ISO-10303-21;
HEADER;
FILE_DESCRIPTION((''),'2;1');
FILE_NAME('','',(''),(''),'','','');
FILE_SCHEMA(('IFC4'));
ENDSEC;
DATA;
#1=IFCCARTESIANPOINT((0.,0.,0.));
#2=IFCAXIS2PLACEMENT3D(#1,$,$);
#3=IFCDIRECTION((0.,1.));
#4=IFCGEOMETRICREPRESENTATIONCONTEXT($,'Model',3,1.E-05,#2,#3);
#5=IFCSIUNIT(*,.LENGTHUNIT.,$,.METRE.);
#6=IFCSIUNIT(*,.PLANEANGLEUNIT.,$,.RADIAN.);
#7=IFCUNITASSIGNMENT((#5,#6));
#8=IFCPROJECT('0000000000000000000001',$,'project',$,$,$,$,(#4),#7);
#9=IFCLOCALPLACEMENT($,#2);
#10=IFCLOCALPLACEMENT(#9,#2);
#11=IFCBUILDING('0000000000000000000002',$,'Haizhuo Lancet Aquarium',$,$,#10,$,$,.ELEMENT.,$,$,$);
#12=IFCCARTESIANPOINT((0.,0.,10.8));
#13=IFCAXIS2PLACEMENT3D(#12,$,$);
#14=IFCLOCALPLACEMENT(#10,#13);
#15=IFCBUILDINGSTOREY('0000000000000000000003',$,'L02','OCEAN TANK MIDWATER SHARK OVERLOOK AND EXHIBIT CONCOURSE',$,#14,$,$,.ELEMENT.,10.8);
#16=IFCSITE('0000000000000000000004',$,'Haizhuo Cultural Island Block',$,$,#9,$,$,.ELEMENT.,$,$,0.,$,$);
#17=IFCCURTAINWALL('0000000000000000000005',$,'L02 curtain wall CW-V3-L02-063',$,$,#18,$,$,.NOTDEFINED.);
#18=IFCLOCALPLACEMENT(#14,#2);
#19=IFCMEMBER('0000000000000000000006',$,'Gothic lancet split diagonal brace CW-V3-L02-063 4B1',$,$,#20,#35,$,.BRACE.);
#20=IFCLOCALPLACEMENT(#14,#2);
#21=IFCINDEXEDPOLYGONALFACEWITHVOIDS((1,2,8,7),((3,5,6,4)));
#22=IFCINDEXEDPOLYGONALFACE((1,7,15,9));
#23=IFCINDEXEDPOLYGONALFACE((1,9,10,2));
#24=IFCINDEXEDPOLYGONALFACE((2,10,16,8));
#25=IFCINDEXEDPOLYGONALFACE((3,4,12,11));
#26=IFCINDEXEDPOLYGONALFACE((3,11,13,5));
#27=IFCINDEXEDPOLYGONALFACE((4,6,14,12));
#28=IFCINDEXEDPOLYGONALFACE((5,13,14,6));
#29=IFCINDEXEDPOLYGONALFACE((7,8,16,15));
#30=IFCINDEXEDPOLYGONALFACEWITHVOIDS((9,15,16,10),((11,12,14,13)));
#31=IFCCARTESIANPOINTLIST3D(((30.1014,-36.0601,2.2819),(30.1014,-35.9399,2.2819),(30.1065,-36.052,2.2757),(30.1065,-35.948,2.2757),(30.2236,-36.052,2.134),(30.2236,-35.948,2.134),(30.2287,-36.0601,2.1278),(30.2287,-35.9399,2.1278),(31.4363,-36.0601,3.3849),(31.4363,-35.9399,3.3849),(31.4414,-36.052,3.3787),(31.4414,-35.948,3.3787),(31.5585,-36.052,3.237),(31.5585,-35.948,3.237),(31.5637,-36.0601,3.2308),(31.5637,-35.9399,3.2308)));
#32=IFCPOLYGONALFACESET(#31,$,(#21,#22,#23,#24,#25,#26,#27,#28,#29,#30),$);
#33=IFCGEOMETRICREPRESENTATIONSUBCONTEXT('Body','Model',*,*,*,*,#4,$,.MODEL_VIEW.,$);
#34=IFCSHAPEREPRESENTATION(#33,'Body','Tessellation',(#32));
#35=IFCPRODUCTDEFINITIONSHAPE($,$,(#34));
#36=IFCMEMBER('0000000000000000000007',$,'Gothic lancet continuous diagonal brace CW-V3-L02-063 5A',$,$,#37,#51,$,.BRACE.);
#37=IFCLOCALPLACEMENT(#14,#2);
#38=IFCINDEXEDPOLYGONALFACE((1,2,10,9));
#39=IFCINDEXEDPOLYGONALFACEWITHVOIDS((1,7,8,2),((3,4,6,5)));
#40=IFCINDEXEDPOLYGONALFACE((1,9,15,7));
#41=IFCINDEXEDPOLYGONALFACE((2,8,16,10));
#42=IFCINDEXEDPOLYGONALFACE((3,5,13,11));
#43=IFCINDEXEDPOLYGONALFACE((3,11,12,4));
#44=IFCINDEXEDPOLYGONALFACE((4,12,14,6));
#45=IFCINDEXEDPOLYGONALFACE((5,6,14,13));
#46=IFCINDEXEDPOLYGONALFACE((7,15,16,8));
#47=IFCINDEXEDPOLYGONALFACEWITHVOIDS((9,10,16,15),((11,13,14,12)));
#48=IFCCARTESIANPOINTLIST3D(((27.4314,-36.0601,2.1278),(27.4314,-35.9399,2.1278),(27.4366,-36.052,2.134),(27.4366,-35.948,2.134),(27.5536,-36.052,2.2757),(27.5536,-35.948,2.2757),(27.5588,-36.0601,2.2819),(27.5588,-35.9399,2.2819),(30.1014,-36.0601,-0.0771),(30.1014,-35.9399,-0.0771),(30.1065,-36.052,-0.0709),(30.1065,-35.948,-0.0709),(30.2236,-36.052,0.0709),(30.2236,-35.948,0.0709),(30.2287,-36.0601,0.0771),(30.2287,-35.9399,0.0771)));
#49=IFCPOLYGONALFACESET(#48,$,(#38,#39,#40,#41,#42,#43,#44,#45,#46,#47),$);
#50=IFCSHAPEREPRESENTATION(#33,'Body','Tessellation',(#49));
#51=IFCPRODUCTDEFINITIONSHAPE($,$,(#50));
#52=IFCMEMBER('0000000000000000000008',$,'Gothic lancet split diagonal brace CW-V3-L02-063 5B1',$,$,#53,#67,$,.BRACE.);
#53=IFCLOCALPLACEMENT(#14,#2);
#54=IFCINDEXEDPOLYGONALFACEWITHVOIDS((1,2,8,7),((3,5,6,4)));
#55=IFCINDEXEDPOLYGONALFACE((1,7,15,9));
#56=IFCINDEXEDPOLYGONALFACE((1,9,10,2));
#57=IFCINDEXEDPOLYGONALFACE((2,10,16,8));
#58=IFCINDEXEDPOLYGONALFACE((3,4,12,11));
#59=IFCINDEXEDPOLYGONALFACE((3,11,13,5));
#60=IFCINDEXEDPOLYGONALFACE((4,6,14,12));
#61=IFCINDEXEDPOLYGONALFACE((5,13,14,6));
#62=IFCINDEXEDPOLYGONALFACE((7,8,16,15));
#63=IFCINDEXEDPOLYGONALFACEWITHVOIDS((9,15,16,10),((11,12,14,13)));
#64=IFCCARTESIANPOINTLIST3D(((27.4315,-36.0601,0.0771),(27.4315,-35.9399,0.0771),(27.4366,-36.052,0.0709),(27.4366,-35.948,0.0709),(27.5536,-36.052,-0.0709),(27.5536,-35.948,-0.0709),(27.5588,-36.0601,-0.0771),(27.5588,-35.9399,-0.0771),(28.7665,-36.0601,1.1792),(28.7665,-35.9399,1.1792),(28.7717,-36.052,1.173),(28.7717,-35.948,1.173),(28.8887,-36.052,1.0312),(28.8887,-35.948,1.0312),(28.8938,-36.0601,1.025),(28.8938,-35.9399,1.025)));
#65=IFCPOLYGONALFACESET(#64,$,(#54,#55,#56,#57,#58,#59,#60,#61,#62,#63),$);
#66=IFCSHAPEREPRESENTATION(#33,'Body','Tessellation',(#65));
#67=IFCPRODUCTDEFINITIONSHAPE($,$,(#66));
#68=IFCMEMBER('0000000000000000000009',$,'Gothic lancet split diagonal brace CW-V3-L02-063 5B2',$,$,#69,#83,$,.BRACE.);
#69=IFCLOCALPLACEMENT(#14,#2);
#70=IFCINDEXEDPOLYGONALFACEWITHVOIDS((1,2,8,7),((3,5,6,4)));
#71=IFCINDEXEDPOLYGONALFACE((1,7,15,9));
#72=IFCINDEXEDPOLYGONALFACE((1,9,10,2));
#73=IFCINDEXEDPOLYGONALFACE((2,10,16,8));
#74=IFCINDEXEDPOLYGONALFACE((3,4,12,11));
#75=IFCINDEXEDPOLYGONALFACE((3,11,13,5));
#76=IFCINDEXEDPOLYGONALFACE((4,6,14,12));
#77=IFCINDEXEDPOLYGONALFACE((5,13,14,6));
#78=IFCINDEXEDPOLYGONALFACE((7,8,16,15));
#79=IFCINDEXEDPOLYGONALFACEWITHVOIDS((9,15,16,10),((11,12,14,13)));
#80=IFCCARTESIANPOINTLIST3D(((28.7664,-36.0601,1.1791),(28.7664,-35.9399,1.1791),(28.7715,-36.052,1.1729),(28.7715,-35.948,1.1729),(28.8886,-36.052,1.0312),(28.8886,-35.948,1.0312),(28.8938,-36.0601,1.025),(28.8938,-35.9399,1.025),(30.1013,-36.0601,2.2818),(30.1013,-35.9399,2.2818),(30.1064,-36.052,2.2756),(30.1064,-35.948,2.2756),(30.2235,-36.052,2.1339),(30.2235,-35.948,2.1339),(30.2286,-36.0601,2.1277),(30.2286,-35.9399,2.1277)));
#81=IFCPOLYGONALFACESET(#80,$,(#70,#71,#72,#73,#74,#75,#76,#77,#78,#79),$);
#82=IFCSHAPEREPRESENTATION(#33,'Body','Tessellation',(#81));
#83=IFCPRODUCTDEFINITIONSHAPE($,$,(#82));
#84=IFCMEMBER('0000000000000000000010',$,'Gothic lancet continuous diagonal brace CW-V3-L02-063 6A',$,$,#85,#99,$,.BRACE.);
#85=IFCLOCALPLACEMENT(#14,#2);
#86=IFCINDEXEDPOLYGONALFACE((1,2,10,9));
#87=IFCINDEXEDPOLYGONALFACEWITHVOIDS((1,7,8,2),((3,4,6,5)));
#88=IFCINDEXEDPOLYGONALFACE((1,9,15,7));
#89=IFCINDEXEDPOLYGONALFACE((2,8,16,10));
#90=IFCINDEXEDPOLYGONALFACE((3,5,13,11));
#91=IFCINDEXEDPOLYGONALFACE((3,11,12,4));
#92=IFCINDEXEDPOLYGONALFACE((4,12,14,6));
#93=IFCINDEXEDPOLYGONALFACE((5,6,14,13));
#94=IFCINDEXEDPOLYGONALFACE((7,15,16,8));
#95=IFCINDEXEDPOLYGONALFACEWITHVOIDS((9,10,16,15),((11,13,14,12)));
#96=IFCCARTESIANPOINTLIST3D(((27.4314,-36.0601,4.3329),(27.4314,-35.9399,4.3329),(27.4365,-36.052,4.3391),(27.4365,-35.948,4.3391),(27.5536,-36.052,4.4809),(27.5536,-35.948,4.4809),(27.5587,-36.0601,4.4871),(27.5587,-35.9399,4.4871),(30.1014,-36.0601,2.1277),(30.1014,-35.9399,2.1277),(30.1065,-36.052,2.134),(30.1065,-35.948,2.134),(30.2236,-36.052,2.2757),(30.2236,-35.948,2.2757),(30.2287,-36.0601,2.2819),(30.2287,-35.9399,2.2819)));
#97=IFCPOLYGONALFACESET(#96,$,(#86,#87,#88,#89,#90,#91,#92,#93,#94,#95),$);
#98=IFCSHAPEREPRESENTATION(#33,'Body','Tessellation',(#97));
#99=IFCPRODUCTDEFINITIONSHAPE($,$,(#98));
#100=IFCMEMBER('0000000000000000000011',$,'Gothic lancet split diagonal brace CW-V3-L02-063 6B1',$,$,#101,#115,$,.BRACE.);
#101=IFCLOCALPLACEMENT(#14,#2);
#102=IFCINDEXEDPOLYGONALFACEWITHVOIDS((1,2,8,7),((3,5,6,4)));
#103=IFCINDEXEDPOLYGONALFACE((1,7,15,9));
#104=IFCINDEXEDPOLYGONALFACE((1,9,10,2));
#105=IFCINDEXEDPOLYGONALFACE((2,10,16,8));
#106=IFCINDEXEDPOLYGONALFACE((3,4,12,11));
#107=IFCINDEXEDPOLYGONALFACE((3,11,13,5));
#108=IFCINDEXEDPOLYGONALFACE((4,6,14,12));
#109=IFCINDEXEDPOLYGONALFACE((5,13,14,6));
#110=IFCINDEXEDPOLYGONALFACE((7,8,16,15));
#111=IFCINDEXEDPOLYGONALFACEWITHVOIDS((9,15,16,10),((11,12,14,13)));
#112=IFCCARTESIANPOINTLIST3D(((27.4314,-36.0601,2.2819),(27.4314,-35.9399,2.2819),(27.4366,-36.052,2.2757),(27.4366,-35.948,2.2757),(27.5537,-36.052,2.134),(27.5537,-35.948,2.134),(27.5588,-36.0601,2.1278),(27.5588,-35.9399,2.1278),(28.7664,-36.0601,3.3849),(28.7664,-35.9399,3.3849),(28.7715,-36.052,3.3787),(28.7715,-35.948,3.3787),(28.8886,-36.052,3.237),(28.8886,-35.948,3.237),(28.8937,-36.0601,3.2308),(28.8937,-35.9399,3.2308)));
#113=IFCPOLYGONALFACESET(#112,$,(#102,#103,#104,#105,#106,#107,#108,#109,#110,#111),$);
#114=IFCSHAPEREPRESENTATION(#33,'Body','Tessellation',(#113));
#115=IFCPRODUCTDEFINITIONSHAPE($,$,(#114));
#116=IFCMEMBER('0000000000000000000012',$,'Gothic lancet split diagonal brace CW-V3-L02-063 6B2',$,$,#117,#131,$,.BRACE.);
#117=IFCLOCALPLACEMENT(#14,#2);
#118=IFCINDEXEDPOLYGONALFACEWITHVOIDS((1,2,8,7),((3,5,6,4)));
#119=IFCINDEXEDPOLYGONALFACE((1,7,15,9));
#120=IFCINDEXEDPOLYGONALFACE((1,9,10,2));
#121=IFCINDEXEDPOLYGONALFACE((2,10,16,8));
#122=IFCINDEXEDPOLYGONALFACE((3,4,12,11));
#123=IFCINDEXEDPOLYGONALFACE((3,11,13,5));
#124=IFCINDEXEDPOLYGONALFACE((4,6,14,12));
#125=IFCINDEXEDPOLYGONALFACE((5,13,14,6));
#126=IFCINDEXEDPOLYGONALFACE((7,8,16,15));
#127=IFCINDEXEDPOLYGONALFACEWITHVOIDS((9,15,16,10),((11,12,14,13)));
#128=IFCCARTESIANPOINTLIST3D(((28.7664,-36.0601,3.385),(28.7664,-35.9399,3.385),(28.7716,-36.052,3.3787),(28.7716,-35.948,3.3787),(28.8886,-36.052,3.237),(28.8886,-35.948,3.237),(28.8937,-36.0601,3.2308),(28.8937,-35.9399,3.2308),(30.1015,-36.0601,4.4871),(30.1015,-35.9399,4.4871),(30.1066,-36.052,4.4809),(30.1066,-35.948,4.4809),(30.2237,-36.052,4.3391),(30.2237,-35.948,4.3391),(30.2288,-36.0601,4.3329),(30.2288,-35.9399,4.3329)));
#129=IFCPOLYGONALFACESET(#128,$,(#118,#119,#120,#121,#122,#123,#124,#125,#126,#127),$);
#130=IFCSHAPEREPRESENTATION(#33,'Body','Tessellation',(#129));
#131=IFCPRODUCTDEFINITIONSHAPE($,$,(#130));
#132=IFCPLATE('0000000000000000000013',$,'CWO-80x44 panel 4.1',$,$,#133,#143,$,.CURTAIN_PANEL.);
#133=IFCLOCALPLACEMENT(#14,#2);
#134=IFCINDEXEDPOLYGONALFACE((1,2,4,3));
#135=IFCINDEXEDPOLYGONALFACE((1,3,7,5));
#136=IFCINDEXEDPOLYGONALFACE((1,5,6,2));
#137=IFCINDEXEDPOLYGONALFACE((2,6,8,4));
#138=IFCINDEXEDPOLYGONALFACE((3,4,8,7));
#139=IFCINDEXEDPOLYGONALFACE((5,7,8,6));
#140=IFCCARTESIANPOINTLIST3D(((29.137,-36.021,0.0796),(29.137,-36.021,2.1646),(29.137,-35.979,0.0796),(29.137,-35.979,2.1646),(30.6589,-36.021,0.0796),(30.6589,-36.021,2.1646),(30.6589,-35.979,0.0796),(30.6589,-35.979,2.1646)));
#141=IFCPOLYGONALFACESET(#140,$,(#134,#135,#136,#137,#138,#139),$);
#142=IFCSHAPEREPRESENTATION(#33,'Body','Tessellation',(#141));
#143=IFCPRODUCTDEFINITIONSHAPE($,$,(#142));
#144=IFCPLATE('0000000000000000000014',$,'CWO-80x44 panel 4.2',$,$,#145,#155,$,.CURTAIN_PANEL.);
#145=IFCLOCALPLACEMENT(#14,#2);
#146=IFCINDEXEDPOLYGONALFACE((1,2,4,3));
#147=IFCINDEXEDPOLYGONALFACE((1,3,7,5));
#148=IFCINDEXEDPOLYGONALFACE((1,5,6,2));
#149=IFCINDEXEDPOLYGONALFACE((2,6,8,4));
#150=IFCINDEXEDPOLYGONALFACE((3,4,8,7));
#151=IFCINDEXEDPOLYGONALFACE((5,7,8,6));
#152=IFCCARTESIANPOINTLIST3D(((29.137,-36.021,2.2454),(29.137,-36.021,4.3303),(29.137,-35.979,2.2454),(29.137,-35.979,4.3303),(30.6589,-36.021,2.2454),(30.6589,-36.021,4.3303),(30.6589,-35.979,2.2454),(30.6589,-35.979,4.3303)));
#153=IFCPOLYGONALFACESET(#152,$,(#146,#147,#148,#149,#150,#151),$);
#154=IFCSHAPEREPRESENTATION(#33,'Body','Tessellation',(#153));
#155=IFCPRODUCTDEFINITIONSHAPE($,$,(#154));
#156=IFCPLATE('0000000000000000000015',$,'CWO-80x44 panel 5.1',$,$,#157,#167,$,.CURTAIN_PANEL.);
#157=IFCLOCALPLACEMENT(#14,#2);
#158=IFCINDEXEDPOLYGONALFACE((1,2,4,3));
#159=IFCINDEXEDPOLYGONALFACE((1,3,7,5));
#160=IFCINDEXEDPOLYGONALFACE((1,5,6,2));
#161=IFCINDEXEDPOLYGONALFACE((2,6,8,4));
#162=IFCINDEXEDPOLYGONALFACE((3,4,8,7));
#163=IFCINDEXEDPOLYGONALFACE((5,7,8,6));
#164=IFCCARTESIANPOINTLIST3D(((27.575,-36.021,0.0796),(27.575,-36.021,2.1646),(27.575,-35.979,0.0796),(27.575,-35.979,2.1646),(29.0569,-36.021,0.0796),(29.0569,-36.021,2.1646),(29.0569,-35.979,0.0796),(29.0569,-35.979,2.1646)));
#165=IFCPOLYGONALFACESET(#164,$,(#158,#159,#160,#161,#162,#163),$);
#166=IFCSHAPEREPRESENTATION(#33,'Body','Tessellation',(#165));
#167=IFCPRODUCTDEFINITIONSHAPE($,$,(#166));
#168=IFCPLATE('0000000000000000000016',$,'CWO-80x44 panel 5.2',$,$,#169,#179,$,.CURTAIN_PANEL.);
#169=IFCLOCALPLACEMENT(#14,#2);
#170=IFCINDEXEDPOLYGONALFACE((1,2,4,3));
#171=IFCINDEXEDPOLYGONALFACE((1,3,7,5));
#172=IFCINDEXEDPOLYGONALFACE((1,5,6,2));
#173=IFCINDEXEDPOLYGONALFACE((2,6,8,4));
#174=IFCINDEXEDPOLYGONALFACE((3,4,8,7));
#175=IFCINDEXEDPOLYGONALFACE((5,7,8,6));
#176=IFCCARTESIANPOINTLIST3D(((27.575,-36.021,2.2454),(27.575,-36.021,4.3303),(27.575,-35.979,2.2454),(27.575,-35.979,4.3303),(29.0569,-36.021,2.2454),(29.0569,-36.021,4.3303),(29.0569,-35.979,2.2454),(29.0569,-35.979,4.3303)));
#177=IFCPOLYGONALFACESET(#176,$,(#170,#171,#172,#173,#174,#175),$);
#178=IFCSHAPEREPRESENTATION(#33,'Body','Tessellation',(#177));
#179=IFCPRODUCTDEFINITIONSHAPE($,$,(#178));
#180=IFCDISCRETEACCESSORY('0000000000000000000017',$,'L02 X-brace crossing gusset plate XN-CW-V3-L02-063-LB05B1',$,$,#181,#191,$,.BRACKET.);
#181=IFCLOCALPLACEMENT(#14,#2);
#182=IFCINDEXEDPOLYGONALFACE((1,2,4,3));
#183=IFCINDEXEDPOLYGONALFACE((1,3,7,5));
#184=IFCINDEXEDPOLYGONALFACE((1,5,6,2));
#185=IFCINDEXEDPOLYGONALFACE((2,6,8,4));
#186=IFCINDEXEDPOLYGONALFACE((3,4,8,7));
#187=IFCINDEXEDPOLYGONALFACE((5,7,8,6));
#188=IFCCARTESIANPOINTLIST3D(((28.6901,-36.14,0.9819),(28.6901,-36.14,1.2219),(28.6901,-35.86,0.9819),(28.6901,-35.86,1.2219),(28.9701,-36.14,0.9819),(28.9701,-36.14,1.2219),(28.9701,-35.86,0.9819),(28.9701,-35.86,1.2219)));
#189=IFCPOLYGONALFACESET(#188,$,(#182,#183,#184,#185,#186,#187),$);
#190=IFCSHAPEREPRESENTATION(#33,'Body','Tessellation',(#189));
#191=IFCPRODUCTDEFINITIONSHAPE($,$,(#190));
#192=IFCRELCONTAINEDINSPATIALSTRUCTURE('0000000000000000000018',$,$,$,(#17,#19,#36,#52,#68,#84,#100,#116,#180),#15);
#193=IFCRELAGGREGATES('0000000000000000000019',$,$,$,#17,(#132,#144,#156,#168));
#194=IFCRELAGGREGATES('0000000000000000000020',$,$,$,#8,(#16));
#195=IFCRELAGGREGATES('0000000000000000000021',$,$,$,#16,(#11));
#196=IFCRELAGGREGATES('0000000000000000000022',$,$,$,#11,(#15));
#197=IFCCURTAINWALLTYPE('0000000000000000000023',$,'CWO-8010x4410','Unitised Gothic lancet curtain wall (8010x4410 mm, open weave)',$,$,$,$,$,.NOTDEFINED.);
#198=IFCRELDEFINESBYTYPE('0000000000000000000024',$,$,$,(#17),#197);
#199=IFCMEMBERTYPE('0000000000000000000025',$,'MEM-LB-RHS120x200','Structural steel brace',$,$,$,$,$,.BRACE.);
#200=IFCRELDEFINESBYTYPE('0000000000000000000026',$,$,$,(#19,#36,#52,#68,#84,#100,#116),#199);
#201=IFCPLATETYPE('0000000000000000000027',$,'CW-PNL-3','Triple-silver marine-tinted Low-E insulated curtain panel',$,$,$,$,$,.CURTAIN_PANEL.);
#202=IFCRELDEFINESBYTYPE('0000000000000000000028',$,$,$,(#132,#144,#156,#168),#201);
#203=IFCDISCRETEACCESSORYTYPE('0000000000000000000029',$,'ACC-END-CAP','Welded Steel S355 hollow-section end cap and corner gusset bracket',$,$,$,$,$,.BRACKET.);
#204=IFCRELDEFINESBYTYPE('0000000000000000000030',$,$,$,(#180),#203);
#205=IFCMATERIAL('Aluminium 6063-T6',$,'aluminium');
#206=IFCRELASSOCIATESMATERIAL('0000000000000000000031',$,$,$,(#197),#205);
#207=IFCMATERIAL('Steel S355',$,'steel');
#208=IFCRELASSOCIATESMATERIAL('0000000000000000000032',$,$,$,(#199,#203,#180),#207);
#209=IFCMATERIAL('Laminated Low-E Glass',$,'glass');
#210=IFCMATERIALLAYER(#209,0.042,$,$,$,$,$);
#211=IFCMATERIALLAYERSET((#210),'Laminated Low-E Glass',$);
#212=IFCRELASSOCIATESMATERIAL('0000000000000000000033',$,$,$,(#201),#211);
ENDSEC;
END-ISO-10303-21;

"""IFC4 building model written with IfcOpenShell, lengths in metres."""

from ifc_helpers import new_model, si_unit, direction, frame, origin, origin_2d, place, context, subcontext, project, spatial, rectangle, hollow_rectangle, extrude, material, layer, layer_set, material_profile, profile_set, type_object, element, aggregate, save


model = new_model("IFC4")

# Units and contexts
model_context = context("Model", 3, precision=1e-05, world=origin(), true_north=direction((0.0, 1.0)))
body_context = subcontext(model_context, "Body", "Model", "MODEL_VIEW")
ifc_project = project(units=[si_unit("LENGTHUNIT", "METRE"), si_unit("PLANEANGLEUNIT", "RADIAN")], contexts=[model_context])

# Site, building, storey
site_placement = place(None, origin())
site = spatial("IfcSite", under=ifc_project, at=site_placement, Name="Haizhuo Cultural Island Block", CompositionType="ELEMENT", RefElevation=0.0)
building_placement = place(site_placement, origin())
building = spatial("IfcBuilding", under=site, at=building_placement, Name="Haizhuo Lancet Aquarium", CompositionType="ELEMENT")
storey_placement = place(building_placement, frame((0.0, 0.0, 10.8)))
storey = spatial("IfcBuildingStorey", under=building, at=storey_placement, Name="L02", Description="OCEAN TANK MIDWATER SHARK OVERLOOK AND EXHIBIT CONCOURSE", CompositionType="ELEMENT", Elevation=10.8)

# Curtain wall
ifc_material_1 = material(Name="Aluminium 6063-T6", Category="aluminium")
curtain_wall_type = type_object("IfcCurtainWallType", Name="CWO-8010x4410", Description="Unitised Gothic lancet curtain wall (8010x4410 mm, open weave)", PredefinedType="NOTDEFINED", material=ifc_material_1)
curtain_wall_placement = place(storey_placement, origin())
curtain_wall = element("IfcCurtainWall", 1, at=curtain_wall_placement, inside=storey, type_object=curtain_wall_type, Name="L02 curtain wall CW-V3-L02-063", PredefinedType="NOTDEFINED")

# Members
ifc_material_2 = material(Name="Steel S355", Category="steel")
ifc_material_profile_1 = material_profile(ifc_material_2, hollow_rectangle(XDim=0.1201, YDim=0.2, WallThickness=0.0081, at=origin_2d()), Name="RHS 120x200x8")
ifc_profile_set_1 = profile_set([ifc_material_profile_1], Name="Steel S355")
member_type_1 = type_object("IfcMemberType", Name="MEM-LB-RHS120x200", Description="Structural steel brace", PredefinedType="BRACE", material=ifc_profile_set_1)
member_1_placement = place(storey_placement, frame((30.165, -36.0, 2.2048), z_axis=(0.770896, 0.0, 0.636962), x_axis=(0.0, 1.0, 0.0)))
element("IfcMember", 2, at=member_1_placement, inside=storey, type_object=member_type_1, Name="Gothic lancet split diagonal brace CW-V3-L02-063 4B1", PredefinedType="BRACE", context=body_context, shape_type="SweptSolid", body=[
    extrude(hollow_rectangle(XDim=0.1201, YDim=0.2, WallThickness=0.0081, at=origin_2d()), origin(), (0.0, 0.0, 1.0), 1.7317),
])
member_2_placement = place(storey_placement, frame((30.165, -36.0, 0.0), z_axis=(-0.771069, 0.0, 0.636752), x_axis=(0.0, -1.0, 0.0)))
element("IfcMember", 3, at=member_2_placement, inside=storey, type_object=member_type_1, Name="Gothic lancet continuous diagonal brace CW-V3-L02-063 5A", PredefinedType="BRACE", context=body_context, shape_type="SweptSolid", body=[
    extrude(hollow_rectangle(XDim=0.1201, YDim=0.2, WallThickness=0.0081, at=origin_2d()), origin(), (0.0, 0.0, 1.0), 3.4626),
])
member_3_placement = place(storey_placement, frame((27.4951, -36.0, 0.0), z_axis=(0.771172, 0.0, 0.636626), x_axis=(0.0, 1.0, 0.0)))
element("IfcMember", 4, at=member_3_placement, inside=storey, type_object=member_type_1, Name="Gothic lancet split diagonal brace CW-V3-L02-063 5B1", PredefinedType="BRACE", context=body_context, shape_type="SweptSolid", body=[
    extrude(hollow_rectangle(XDim=0.1201, YDim=0.2, WallThickness=0.0081, at=origin_2d()), origin(), (0.0, 0.0, 1.0), 1.7312),
])
member_4_placement = place(storey_placement, frame((28.8301, -36.0, 1.1021), z_axis=(0.770965, 0.0, 0.636878), x_axis=(0.0, 1.0, 0.0)))
element("IfcMember", 5, at=member_4_placement, inside=storey, type_object=member_type_1, Name="Gothic lancet split diagonal brace CW-V3-L02-063 5B2", PredefinedType="BRACE", context=body_context, shape_type="SweptSolid", body=[
    extrude(hollow_rectangle(XDim=0.1201, YDim=0.2, WallThickness=0.0081, at=origin_2d()), origin(), (0.0, 0.0, 1.0), 1.7314),
])
member_5_placement = place(storey_placement, frame((30.165, -36.0, 2.2048), z_axis=(-0.771034, 0.0, 0.636794), x_axis=(0.0, -1.0, 0.0)))
element("IfcMember", 6, at=member_5_placement, inside=storey, type_object=member_type_1, Name="Gothic lancet continuous diagonal brace CW-V3-L02-063 6A", PredefinedType="BRACE", context=body_context, shape_type="SweptSolid", body=[
    extrude(hollow_rectangle(XDim=0.1201, YDim=0.2, WallThickness=0.0081, at=origin_2d()), origin(), (0.0, 0.0, 1.0), 3.4629),
])
member_6_placement = place(storey_placement, frame((27.4951, -36.0, 2.2048), z_axis=(0.770896, 0.0, 0.636962), x_axis=(0.0, 1.0, 0.0)))
element("IfcMember", 7, at=member_6_placement, inside=storey, type_object=member_type_1, Name="Gothic lancet split diagonal brace CW-V3-L02-063 6B1", PredefinedType="BRACE", context=body_context, shape_type="SweptSolid", body=[
    extrude(hollow_rectangle(XDim=0.1201, YDim=0.2, WallThickness=0.0081, at=origin_2d()), origin(), (0.0, 0.0, 1.0), 1.7317),
])
member_7_placement = place(storey_placement, frame((28.8301, -36.0, 3.3079), z_axis=(0.771172, 0.0, 0.636626), x_axis=(0.0, 1.0, 0.0)))
element("IfcMember", 8, at=member_7_placement, inside=storey, type_object=member_type_1, Name="Gothic lancet split diagonal brace CW-V3-L02-063 6B2", PredefinedType="BRACE", context=body_context, shape_type="SweptSolid", body=[
    extrude(hollow_rectangle(XDim=0.1201, YDim=0.2, WallThickness=0.0081, at=origin_2d()), origin(), (0.0, 0.0, 1.0), 1.7312),
])

# Plates
ifc_material_3 = material(Name="Laminated Low-E Glass", Category="glass")
ifc_layer = layer(ifc_material_3, 0.042)
ifc_layer_set = layer_set([ifc_layer], Name="Laminated Low-E Glass")
plate_type = type_object("IfcPlateType", Name="CW-PNL-3", Description="Triple-silver marine-tinted Low-E insulated curtain panel", PredefinedType="CURTAIN_PANEL", material=ifc_layer_set)
plate_1_placement = place(storey_placement, frame((29.8979, -36.0, 0.0796), z_axis=(0.0, 0.0, 1.0), x_axis=(-1.0, 0.0, 0.0)))
plate_1 = element("IfcPlate", 9, at=plate_1_placement, type_object=plate_type, Name="CWO-80x44 panel 4.1", PredefinedType="CURTAIN_PANEL", context=body_context, shape_type="SweptSolid", body=[
    extrude(rectangle(XDim=1.522, YDim=0.042, at=origin_2d()), origin(), (0.0, 0.0, 1.0), 2.085),
])
plate_2_placement = place(storey_placement, frame((29.8979, -36.0, 2.2454), z_axis=(0.0, 0.0, 1.0), x_axis=(-1.0, 0.0, 0.0)))
plate_2 = element("IfcPlate", 10, at=plate_2_placement, type_object=plate_type, Name="CWO-80x44 panel 4.2", PredefinedType="CURTAIN_PANEL", context=body_context, shape_type="SweptSolid", body=[
    extrude(rectangle(XDim=1.522, YDim=0.042, at=origin_2d()), origin(), (0.0, 0.0, 1.0), 2.085),
])
plate_3_placement = place(storey_placement, frame((28.3159, -36.0, 0.0796), z_axis=(0.0, 0.0, 1.0), x_axis=(-1.0, 0.0, 0.0)))
plate_3 = element("IfcPlate", 11, at=plate_3_placement, type_object=plate_type, Name="CWO-80x44 panel 5.1", PredefinedType="CURTAIN_PANEL", context=body_context, shape_type="SweptSolid", body=[
    extrude(rectangle(XDim=1.4819, YDim=0.042, at=origin_2d()), origin(), (0.0, 0.0, 1.0), 2.085),
])
plate_4_placement = place(storey_placement, frame((28.3159, -36.0, 2.2454), z_axis=(0.0, 0.0, 1.0), x_axis=(-1.0, 0.0, 0.0)))
plate_4 = element("IfcPlate", 12, at=plate_4_placement, type_object=plate_type, Name="CWO-80x44 panel 5.2", PredefinedType="CURTAIN_PANEL", context=body_context, shape_type="SweptSolid", body=[
    extrude(rectangle(XDim=1.4819, YDim=0.042, at=origin_2d()), origin(), (0.0, 0.0, 1.0), 2.085),
])
aggregate(curtain_wall, [plate_1, plate_2, plate_3, plate_4])

# Discrete accessory
discrete_accessory_type = type_object("IfcDiscreteAccessoryType", Name="ACC-END-CAP", Description="Welded Steel S355 hollow-section end cap and corner gusset bracket", PredefinedType="BRACKET", material=ifc_material_2)
for number, where, z_axis, x_axis, name in (
    (13, (28.8301, -36.0, 0.9819), (0.0, 0.0, 1.0), (1.0, 0.0, 0.0), "L02 X-brace crossing gusset plate XN-CW-V3-L02-063-LB05B1"),
):
    element("IfcDiscreteAccessory", number, at=place(storey_placement, frame(where, z_axis=z_axis, x_axis=x_axis)), inside=storey, type_object=discrete_accessory_type, material=ifc_material_2, Name=name, PredefinedType="BRACKET", context=body_context, shape_type="SweptSolid", body=[
        extrude(rectangle(XDim=0.28, YDim=0.28, at=origin_2d()), origin(), (0.0, 0.0, 1.0), 0.24),
    ])

save(model, "model.ifc")
